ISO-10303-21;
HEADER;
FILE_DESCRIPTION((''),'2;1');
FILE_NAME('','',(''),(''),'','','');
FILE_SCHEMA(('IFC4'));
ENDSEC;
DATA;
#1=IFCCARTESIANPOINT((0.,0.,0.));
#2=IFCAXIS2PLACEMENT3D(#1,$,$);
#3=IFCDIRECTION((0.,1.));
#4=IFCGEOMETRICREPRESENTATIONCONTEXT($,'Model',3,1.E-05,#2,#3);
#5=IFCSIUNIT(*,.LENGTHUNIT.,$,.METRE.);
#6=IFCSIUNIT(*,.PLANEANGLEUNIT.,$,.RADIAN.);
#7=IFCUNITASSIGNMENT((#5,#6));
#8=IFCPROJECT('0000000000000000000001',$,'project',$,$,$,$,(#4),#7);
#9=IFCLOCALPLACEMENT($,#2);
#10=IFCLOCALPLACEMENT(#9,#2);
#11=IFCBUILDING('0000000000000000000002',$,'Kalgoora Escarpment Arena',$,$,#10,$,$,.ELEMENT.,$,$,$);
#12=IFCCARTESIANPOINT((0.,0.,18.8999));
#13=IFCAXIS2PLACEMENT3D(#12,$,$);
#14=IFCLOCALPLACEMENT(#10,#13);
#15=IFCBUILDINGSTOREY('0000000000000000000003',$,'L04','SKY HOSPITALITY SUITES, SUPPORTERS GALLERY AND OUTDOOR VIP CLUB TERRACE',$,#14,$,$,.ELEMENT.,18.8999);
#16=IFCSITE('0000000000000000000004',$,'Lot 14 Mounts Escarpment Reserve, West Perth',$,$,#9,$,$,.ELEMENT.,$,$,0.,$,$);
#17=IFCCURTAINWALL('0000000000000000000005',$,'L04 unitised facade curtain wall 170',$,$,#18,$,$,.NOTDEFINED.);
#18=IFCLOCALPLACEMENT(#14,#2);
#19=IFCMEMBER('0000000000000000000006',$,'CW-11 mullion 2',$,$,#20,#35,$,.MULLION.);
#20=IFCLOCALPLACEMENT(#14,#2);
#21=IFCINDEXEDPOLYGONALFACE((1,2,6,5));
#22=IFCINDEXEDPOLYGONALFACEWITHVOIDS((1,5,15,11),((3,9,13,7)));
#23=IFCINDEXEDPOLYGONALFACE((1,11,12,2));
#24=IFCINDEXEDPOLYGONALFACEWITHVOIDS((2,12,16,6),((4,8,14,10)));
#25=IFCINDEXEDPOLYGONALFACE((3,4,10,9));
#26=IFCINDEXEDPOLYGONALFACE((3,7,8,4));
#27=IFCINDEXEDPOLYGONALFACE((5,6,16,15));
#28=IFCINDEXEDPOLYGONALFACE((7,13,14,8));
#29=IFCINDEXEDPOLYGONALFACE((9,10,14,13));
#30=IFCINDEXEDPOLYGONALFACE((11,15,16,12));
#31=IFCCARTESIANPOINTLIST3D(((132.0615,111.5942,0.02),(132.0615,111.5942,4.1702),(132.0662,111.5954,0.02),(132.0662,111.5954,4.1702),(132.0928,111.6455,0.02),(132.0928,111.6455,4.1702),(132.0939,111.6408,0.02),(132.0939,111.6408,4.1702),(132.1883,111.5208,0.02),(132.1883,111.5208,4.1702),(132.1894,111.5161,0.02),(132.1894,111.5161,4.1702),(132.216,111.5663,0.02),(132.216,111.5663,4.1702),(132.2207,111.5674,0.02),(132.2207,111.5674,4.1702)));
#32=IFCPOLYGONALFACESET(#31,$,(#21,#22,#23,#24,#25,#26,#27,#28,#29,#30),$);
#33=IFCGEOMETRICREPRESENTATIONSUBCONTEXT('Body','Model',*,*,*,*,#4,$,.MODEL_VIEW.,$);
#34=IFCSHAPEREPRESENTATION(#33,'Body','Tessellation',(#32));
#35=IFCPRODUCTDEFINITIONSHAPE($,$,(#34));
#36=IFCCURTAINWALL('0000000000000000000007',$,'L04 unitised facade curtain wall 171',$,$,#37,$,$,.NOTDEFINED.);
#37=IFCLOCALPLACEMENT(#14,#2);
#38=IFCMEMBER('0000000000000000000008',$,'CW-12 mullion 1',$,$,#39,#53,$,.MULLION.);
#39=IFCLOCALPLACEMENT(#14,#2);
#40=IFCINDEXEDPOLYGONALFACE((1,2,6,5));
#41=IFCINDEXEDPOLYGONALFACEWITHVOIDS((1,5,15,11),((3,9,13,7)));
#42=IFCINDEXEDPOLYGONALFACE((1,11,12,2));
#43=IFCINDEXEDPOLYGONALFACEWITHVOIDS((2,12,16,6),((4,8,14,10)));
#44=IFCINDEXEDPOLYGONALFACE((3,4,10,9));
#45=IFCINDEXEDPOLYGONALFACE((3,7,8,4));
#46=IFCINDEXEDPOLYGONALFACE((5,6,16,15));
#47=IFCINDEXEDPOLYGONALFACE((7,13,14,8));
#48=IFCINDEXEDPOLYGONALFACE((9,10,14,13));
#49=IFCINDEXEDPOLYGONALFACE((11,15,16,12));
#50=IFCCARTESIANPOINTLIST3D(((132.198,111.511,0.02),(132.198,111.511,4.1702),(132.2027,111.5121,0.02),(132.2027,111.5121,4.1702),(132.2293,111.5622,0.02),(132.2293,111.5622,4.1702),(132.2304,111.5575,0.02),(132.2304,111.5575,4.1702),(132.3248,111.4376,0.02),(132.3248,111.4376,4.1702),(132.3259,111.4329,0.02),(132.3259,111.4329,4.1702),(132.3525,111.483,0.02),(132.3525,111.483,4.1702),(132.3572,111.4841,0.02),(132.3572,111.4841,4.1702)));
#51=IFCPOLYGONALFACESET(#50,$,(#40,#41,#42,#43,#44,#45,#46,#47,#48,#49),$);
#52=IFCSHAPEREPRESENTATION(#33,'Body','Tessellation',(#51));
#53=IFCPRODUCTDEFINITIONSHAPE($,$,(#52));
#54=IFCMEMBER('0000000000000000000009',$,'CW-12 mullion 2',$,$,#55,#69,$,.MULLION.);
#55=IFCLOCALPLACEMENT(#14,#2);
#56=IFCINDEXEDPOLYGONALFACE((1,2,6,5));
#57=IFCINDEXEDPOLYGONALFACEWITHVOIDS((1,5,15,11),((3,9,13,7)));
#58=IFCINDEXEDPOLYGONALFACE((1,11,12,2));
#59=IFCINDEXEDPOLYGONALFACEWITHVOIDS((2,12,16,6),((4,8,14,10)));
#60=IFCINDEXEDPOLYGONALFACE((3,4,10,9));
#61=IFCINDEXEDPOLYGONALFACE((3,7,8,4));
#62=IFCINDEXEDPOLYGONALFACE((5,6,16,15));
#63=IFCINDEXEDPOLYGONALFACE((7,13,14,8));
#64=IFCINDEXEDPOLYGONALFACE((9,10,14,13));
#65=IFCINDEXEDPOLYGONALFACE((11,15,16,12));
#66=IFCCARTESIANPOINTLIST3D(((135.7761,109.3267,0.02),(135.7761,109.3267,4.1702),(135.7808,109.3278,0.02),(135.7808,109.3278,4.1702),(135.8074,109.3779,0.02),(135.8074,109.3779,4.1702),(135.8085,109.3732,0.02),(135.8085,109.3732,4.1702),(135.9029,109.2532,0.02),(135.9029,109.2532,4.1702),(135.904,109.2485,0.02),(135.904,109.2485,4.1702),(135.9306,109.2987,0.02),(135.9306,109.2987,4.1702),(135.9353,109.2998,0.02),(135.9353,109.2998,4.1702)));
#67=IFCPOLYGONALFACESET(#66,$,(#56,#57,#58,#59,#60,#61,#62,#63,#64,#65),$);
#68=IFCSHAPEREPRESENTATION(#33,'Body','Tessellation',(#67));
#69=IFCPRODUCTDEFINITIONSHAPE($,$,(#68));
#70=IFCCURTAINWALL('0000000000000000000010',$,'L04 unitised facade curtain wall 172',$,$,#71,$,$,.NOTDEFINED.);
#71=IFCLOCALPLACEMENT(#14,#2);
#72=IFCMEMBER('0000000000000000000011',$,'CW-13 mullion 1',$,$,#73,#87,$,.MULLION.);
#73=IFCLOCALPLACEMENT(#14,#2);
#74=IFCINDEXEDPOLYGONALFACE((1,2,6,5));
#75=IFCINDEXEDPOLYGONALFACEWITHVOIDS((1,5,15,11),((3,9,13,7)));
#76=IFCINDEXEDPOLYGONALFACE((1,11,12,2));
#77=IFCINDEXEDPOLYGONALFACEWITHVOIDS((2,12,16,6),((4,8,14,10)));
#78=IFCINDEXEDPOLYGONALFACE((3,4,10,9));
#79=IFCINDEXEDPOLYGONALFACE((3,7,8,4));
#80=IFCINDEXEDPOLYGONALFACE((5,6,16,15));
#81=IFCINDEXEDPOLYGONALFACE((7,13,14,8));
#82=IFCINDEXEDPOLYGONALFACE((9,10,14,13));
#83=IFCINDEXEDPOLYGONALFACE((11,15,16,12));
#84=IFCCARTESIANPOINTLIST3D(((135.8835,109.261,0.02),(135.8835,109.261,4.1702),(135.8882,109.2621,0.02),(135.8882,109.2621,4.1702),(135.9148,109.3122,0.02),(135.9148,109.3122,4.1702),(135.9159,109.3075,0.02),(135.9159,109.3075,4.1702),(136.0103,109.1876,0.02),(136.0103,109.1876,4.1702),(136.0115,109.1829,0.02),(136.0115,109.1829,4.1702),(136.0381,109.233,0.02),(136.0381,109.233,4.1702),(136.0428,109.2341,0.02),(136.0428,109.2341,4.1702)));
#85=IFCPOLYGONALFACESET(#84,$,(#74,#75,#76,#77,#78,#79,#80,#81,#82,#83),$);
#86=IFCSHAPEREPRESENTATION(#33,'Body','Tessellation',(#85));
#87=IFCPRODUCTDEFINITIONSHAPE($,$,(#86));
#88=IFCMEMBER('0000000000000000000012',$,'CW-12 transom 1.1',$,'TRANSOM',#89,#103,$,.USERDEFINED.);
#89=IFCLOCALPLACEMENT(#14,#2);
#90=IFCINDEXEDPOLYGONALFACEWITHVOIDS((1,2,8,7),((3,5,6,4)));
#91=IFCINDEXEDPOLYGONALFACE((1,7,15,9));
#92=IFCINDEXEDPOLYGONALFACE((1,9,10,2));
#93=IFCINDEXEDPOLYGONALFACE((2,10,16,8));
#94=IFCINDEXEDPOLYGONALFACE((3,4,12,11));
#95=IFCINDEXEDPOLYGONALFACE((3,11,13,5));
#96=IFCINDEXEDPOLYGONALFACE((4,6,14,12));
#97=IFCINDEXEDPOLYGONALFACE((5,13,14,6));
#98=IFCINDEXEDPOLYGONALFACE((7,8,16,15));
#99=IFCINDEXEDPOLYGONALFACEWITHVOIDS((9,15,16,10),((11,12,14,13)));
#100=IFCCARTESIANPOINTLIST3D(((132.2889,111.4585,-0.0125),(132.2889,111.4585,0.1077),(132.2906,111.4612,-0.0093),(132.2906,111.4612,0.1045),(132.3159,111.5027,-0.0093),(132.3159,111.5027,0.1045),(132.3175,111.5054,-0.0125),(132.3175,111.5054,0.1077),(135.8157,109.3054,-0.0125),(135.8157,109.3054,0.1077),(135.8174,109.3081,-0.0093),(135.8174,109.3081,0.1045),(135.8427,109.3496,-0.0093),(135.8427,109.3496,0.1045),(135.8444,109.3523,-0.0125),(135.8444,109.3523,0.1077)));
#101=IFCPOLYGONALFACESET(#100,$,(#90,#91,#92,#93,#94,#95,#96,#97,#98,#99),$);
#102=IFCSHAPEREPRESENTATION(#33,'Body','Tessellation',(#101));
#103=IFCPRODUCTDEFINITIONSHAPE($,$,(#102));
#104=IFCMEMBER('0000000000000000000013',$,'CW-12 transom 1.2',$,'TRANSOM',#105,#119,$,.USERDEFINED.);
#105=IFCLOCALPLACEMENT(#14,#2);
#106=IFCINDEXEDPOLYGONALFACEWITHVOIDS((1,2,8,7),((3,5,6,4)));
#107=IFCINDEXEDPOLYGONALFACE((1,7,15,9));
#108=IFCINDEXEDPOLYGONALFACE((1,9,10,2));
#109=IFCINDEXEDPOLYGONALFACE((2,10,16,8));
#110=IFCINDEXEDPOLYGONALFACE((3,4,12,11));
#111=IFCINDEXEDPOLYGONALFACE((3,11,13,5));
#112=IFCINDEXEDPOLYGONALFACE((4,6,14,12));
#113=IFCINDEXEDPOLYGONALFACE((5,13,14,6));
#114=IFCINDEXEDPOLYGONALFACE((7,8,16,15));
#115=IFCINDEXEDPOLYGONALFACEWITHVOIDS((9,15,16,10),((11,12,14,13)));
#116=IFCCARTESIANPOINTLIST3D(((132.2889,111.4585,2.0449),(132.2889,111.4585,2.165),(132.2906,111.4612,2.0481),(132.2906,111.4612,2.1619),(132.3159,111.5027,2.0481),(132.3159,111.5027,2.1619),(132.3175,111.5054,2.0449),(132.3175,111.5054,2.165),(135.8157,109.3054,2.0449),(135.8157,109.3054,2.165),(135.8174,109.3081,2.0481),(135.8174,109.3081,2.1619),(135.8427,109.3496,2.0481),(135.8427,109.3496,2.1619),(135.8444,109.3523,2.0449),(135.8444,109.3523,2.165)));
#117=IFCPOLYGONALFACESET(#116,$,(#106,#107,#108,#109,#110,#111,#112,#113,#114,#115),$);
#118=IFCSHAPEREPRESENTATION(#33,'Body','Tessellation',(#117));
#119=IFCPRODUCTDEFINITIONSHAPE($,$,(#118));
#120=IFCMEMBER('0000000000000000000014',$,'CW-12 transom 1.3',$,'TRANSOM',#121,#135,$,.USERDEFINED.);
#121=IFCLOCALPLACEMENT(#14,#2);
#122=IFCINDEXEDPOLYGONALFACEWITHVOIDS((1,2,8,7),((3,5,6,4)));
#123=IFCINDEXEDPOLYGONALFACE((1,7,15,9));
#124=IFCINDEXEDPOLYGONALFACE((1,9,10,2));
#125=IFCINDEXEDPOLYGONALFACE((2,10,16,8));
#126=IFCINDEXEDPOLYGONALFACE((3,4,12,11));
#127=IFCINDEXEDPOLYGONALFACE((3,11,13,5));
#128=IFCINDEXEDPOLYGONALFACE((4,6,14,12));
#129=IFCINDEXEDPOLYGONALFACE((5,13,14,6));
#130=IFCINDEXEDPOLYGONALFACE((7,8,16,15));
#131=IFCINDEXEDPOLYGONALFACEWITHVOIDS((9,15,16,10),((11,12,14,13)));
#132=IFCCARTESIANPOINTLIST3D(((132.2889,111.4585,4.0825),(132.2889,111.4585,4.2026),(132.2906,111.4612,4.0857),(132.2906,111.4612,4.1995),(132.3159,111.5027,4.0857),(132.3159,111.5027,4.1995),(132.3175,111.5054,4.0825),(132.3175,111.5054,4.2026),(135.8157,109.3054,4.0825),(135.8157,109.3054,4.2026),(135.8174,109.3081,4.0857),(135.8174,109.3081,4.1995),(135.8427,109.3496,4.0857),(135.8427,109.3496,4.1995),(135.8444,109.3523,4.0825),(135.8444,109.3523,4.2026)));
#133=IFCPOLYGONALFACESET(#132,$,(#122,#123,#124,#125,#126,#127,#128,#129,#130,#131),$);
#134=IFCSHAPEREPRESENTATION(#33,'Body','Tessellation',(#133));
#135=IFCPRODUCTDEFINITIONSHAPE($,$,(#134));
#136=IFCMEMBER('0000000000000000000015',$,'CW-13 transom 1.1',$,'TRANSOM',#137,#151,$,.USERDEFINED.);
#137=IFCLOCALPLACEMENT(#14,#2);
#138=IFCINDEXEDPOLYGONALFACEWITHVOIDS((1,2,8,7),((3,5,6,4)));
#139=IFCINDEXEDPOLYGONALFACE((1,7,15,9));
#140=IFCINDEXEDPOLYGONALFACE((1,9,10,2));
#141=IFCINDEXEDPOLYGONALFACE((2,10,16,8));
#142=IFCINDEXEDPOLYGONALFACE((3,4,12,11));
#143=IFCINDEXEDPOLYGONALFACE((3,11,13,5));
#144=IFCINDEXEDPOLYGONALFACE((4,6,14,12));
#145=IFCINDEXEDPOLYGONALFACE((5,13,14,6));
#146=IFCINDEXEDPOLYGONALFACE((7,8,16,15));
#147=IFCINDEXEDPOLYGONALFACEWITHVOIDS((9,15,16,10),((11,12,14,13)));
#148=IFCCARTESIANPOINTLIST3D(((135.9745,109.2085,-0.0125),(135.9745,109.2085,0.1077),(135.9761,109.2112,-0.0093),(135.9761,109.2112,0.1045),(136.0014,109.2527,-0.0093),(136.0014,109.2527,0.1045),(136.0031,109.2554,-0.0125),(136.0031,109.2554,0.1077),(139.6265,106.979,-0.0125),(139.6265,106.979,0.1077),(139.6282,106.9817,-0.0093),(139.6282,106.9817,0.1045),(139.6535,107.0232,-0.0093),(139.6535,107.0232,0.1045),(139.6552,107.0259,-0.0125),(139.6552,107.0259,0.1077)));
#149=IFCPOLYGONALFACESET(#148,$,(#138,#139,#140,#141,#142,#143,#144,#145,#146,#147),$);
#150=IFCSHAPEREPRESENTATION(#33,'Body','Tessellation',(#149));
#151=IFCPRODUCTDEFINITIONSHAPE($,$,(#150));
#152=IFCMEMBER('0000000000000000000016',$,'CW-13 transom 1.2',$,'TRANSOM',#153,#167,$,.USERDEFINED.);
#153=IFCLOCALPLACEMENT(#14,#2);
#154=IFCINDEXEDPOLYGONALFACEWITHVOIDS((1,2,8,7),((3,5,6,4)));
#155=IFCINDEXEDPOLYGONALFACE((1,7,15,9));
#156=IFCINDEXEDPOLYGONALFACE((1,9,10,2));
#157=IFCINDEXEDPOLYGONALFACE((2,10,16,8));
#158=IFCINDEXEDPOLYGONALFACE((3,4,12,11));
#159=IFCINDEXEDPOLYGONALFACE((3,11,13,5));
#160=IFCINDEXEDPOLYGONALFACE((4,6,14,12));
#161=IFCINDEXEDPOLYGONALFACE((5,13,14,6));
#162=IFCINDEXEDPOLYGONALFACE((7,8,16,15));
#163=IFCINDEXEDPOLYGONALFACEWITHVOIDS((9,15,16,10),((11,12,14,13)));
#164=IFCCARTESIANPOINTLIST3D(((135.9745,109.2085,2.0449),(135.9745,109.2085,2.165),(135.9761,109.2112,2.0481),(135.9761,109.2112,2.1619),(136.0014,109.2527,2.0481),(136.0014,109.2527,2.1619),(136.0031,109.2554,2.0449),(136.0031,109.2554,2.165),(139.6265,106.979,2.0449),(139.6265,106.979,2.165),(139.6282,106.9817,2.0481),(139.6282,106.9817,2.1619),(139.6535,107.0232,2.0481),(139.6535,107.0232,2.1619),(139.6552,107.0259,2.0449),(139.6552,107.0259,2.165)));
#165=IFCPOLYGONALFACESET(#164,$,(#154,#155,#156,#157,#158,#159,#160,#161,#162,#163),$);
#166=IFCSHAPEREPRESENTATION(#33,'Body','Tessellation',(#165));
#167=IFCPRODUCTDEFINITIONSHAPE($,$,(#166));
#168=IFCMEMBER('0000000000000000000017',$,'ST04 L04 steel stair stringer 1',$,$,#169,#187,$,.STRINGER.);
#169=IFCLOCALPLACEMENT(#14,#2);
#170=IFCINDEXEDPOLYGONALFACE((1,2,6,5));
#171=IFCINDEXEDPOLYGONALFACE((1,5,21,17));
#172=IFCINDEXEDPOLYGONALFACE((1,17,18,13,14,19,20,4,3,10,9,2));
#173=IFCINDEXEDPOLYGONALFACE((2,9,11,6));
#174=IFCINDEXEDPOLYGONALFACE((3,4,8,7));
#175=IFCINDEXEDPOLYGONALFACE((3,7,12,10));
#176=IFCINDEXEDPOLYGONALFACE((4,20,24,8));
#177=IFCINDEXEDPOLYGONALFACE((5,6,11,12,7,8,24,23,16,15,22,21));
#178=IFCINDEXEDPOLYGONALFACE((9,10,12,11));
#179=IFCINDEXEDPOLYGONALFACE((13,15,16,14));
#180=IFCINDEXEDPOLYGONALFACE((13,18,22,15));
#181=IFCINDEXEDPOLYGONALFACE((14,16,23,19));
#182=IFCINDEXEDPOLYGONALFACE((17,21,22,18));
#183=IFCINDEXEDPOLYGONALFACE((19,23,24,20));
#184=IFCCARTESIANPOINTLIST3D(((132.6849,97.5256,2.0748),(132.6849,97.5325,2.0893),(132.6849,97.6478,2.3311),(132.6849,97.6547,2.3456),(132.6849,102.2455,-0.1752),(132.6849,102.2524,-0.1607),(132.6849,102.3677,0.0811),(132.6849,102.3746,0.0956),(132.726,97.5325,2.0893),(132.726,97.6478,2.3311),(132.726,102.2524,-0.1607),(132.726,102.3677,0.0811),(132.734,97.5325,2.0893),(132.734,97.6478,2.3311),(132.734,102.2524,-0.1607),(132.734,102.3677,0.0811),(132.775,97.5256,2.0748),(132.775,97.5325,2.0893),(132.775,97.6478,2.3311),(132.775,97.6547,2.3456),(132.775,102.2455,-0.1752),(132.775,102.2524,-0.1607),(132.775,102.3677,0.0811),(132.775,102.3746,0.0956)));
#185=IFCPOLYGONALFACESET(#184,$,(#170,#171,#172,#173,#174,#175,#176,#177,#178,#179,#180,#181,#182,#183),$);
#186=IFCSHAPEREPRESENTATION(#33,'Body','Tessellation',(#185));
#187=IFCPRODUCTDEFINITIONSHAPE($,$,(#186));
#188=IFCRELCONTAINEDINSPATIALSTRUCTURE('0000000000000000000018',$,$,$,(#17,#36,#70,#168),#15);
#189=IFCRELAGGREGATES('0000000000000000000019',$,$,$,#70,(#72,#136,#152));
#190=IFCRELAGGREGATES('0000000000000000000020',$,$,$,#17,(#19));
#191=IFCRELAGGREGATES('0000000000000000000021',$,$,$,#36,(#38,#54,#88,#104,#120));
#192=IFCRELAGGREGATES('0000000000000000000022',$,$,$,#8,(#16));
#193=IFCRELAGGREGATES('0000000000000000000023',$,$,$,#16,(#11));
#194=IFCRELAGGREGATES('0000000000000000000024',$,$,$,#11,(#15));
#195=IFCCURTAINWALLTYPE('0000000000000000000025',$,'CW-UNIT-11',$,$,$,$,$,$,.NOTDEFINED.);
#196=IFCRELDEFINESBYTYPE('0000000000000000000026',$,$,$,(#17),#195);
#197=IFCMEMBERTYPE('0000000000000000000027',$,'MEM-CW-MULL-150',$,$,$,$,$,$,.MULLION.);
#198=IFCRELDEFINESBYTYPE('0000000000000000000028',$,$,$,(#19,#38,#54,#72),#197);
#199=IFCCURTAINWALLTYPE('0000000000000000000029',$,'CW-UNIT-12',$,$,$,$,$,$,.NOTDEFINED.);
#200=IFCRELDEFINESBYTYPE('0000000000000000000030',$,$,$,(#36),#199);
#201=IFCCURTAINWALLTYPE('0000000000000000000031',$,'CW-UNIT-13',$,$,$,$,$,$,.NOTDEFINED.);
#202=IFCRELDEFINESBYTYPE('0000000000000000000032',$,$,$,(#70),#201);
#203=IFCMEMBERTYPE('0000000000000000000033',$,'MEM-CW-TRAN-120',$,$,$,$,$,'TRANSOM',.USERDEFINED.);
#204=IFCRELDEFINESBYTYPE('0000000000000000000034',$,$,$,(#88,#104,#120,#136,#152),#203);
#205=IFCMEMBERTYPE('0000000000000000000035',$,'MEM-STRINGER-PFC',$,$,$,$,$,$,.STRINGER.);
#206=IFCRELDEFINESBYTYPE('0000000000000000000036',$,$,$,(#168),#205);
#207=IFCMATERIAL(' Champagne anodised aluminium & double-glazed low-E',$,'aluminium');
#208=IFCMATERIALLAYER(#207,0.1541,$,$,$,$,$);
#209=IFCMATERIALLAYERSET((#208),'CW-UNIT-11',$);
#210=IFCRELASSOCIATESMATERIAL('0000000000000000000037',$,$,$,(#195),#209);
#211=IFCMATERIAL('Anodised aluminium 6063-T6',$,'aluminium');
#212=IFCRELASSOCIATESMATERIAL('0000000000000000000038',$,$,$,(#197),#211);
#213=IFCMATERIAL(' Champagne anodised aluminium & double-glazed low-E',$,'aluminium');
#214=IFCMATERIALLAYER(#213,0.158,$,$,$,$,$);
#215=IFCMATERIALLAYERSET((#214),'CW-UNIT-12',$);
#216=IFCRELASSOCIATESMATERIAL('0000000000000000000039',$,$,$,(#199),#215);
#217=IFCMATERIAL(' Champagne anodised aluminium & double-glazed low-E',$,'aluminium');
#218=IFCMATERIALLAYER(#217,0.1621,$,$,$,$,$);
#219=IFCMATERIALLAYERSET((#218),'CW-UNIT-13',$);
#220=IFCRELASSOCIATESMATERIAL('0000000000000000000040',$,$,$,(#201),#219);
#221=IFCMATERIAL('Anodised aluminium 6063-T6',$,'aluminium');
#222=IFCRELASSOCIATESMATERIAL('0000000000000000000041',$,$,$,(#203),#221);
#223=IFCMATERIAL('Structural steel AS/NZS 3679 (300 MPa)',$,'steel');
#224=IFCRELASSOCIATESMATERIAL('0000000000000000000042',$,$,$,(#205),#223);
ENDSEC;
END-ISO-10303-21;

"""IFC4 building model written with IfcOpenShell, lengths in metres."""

from ifc_helpers import new_model, si_unit, direction, frame, origin, origin_2d, place, context, subcontext, project, spatial, hollow_rectangle, i_section, extrude, material, layer, layer_set, material_profile, profile_set, type_object, element, aggregate, save


model = new_model("IFC4")

# Units and contexts
model_context = context("Model", 3, precision=1e-05, world=origin(), true_north=direction((0.0, 1.0)))
body_context = subcontext(model_context, "Body", "Model", "MODEL_VIEW")
ifc_project = project(units=[si_unit("LENGTHUNIT", "METRE"), si_unit("PLANEANGLEUNIT", "RADIAN")], contexts=[model_context])

# Site, building, storey
site_placement = place(None, origin())
site = spatial("IfcSite", under=ifc_project, at=site_placement, Name="Lot 14 Mounts Escarpment Reserve, West Perth", CompositionType="ELEMENT", RefElevation=0.0)
building_placement = place(site_placement, origin())
building = spatial("IfcBuilding", under=site, at=building_placement, Name="Kalgoora Escarpment Arena", CompositionType="ELEMENT")
storey_placement = place(building_placement, frame((0.0, 0.0, 18.8999)))
storey = spatial("IfcBuildingStorey", under=building, at=storey_placement, Name="L04", Description="SKY HOSPITALITY SUITES, SUPPORTERS GALLERY AND OUTDOOR VIP CLUB TERRACE", CompositionType="ELEMENT", Elevation=18.8999)

# Curtain wall, member
ifc_material_1 = material(Name=" Champagne anodised aluminium & double-glazed low-E", Category="aluminium")
ifc_layer_1 = layer(ifc_material_1, 0.1541)
ifc_layer_set_1 = layer_set([ifc_layer_1], Name="CW-UNIT-11")
curtain_wall_type_1 = type_object("IfcCurtainWallType", Name="CW-UNIT-11", PredefinedType="NOTDEFINED", material=ifc_layer_set_1)
curtain_wall_1_placement = place(storey_placement, origin())
curtain_wall_1 = element("IfcCurtainWall", 1, at=curtain_wall_1_placement, inside=storey, type_object=curtain_wall_type_1, Name="L04 unitised facade curtain wall 170", PredefinedType="NOTDEFINED")
ifc_material_2 = material(Name="Anodised aluminium 6063-T6", Category="aluminium")
ifc_material_profile_1 = material_profile(ifc_material_2, hollow_rectangle(XDim=0.0601, YDim=0.1499, WallThickness=0.0034, at=origin_2d()))
ifc_profile_set_1 = profile_set([ifc_material_profile_1], Name="Anodised aluminium 6063-T6")
member_type_1 = type_object("IfcMemberType", Name="MEM-CW-MULL-150", PredefinedType="MULLION", material=ifc_profile_set_1)
member_1_placement = place(storey_placement, frame((132.1411, 111.5808, 0.02), z_axis=(0.0, 0.0, 1.0), x_axis=(0.521059, 0.853521, 0.0)))
member_1 = element("IfcMember", 2, at=member_1_placement, type_object=member_type_1, Name="CW-11 mullion 2", PredefinedType="MULLION", context=body_context, shape_type="SweptSolid", body=[
    extrude(hollow_rectangle(XDim=0.0601, YDim=0.1499, WallThickness=0.0034, at=origin_2d()), origin(), (0.0, 0.0, 1.0), 4.1501),
])

# Curtain wall, members
ifc_material_3 = material(Name=" Champagne anodised aluminium & double-glazed low-E", Category="aluminium")
ifc_layer_2 = layer(ifc_material_3, 0.158)
ifc_layer_set_2 = layer_set([ifc_layer_2], Name="CW-UNIT-12")
curtain_wall_type_2 = type_object("IfcCurtainWallType", Name="CW-UNIT-12", PredefinedType="NOTDEFINED", material=ifc_layer_set_2)
curtain_wall_2_placement = place(storey_placement, origin())
curtain_wall_2 = element("IfcCurtainWall", 3, at=curtain_wall_2_placement, inside=storey, type_object=curtain_wall_type_2, Name="L04 unitised facade curtain wall 171", PredefinedType="NOTDEFINED")
member_2_placement = place(storey_placement, frame((132.2776, 111.4976, 0.02), z_axis=(0.0, 0.0, 1.0), x_axis=(0.521049, 0.853527, 0.0)))
member_2 = element("IfcMember", 4, at=member_2_placement, type_object=member_type_1, Name="CW-12 mullion 1", PredefinedType="MULLION", context=body_context, shape_type="SweptSolid", body=[
    extrude(hollow_rectangle(XDim=0.0601, YDim=0.1499, WallThickness=0.0034, at=origin_2d()), origin(), (0.0, 0.0, 1.0), 4.1501),
])
member_3_placement = place(storey_placement, frame((135.8557, 109.3132, 0.02), z_axis=(0.0, 0.0, 1.0), x_axis=(0.521049, 0.853527, 0.0)))
member_3 = element("IfcMember", 5, at=member_3_placement, type_object=member_type_1, Name="CW-12 mullion 2", PredefinedType="MULLION", context=body_context, shape_type="SweptSolid", body=[
    extrude(hollow_rectangle(XDim=0.0601, YDim=0.1499, WallThickness=0.0034, at=origin_2d()), origin(), (0.0, 0.0, 1.0), 4.1501),
])

# Curtain wall, member
ifc_material_4 = material(Name=" Champagne anodised aluminium & double-glazed low-E", Category="aluminium")
ifc_layer_3 = layer(ifc_material_4, 0.1621)
ifc_layer_set_3 = layer_set([ifc_layer_3], Name="CW-UNIT-13")
curtain_wall_type_3 = type_object("IfcCurtainWallType", Name="CW-UNIT-13", PredefinedType="NOTDEFINED", material=ifc_layer_set_3)
curtain_wall_3_placement = place(storey_placement, origin())
curtain_wall_3 = element("IfcCurtainWall", 6, at=curtain_wall_3_placement, inside=storey, type_object=curtain_wall_type_3, Name="L04 unitised facade curtain wall 172", PredefinedType="NOTDEFINED")
member_4_placement = place(storey_placement, frame((135.9631, 109.2476, 0.02), z_axis=(0.0, 0.0, 1.0), x_axis=(0.521067, 0.853516, 0.0)))
member_4 = element("IfcMember", 7, at=member_4_placement, type_object=member_type_1, Name="CW-13 mullion 1", PredefinedType="MULLION", context=body_context, shape_type="SweptSolid", body=[
    extrude(hollow_rectangle(XDim=0.0601, YDim=0.1499, WallThickness=0.0034, at=origin_2d()), origin(), (0.0, 0.0, 1.0), 4.1501),
])

# Members
ifc_material_5 = material(Name="Anodised aluminium 6063-T6", Category="aluminium")
ifc_material_profile_2 = material_profile(ifc_material_5, hollow_rectangle(XDim=0.0549, YDim=0.1201, WallThickness=0.0032, at=origin_2d()))
ifc_profile_set_2 = profile_set([ifc_material_profile_2], Name="Anodised aluminium 6063-T6")
member_type_2 = type_object("IfcMemberType", Name="MEM-CW-TRAN-120", ElementType="TRANSOM", PredefinedType="USERDEFINED", material=ifc_profile_set_2)
member_5_placement = place(storey_placement, frame((132.3032, 111.4819, 0.0476), z_axis=(0.853521, -0.521058, 0.0), x_axis=(0.521058, 0.853521, 0.0)))
member_5 = element("IfcMember", 8, at=member_5_placement, type_object=member_type_2, Name="CW-12 transom 1.1", ObjectType="TRANSOM", PredefinedType="USERDEFINED", context=body_context, shape_type="SweptSolid", body=[
    extrude(hollow_rectangle(XDim=0.0549, YDim=0.1201, WallThickness=0.0032, at=origin_2d()), origin(), (0.0, 0.0, 1.0), 4.1321),
])
member_6_placement = place(storey_placement, frame((132.3032, 111.4819, 2.105), z_axis=(0.853521, -0.521058, 0.0), x_axis=(0.521058, 0.853521, 0.0)))
member_6 = element("IfcMember", 9, at=member_6_placement, type_object=member_type_2, Name="CW-12 transom 1.2", ObjectType="TRANSOM", PredefinedType="USERDEFINED", context=body_context, shape_type="SweptSolid", body=[
    extrude(hollow_rectangle(XDim=0.0549, YDim=0.1201, WallThickness=0.0032, at=origin_2d()), origin(), (0.0, 0.0, 1.0), 4.1321),
])
member_7_placement = place(storey_placement, frame((132.3032, 111.4819, 4.1426), z_axis=(0.853521, -0.521058, 0.0), x_axis=(0.521058, 0.853521, 0.0)))
member_7 = element("IfcMember", 10, at=member_7_placement, type_object=member_type_2, Name="CW-12 transom 1.3", ObjectType="TRANSOM", PredefinedType="USERDEFINED", context=body_context, shape_type="SweptSolid", body=[
    extrude(hollow_rectangle(XDim=0.0549, YDim=0.1201, WallThickness=0.0032, at=origin_2d()), origin(), (0.0, 0.0, 1.0), 4.1321),
])
member_8_placement = place(storey_placement, frame((135.9888, 109.2319, 0.0476), z_axis=(0.853526, -0.521051, 0.0), x_axis=(0.521051, 0.853526, 0.0)))
member_8 = element("IfcMember", 11, at=member_8_placement, type_object=member_type_2, Name="CW-13 transom 1.1", ObjectType="TRANSOM", PredefinedType="USERDEFINED", context=body_context, shape_type="SweptSolid", body=[
    extrude(hollow_rectangle(XDim=0.0549, YDim=0.1201, WallThickness=0.0032, at=origin_2d()), origin(), (0.0, 0.0, 1.0), 4.2788),
])
member_9_placement = place(storey_placement, frame((135.9888, 109.2319, 2.105), z_axis=(0.853526, -0.521051, 0.0), x_axis=(0.521051, 0.853526, 0.0)))
member_9 = element("IfcMember", 12, at=member_9_placement, type_object=member_type_2, Name="CW-13 transom 1.2", ObjectType="TRANSOM", PredefinedType="USERDEFINED", context=body_context, shape_type="SweptSolid", body=[
    extrude(hollow_rectangle(XDim=0.0549, YDim=0.1201, WallThickness=0.0032, at=origin_2d()), origin(), (0.0, 0.0, 1.0), 4.2788),
])
aggregate(curtain_wall_3, [member_4, member_8, member_9])
ifc_material_6 = material(Name="Structural steel AS/NZS 3679 (300 MPa)", Category="steel")
ifc_material_profile_3 = material_profile(ifc_material_6, i_section(OverallWidth=0.0901, OverallDepth=0.3, WebThickness=0.0081, FlangeThickness=0.0161, at=origin_2d()))
ifc_profile_set_3 = profile_set([ifc_material_profile_3], Name="Structural steel AS/NZS 3679 (300 MPa)")
member_type_3 = type_object("IfcMemberType", Name="MEM-STRINGER-PFC", PredefinedType="STRINGER", material=ifc_profile_set_3)
member_10_placement = place(storey_placement, frame((132.73, 102.3101, -0.0398), z_axis=(0.0, -0.902683, 0.430307), x_axis=(1.0, 0.0, 0.0)))
element("IfcMember", 13, at=member_10_placement, inside=storey, type_object=member_type_3, Name="ST04 L04 steel stair stringer 1", PredefinedType="STRINGER", context=body_context, shape_type="SweptSolid", body=[
    extrude(i_section(OverallWidth=0.0901, OverallDepth=0.3, WebThickness=0.0081, FlangeThickness=0.0161, at=origin_2d()), origin(), (0.0, 0.0, 1.0), 5.2288),
])

aggregate(curtain_wall_1, [member_1])
aggregate(curtain_wall_2, [member_2, member_3, member_5, member_6, member_7])

save(model, "model.ifc")
